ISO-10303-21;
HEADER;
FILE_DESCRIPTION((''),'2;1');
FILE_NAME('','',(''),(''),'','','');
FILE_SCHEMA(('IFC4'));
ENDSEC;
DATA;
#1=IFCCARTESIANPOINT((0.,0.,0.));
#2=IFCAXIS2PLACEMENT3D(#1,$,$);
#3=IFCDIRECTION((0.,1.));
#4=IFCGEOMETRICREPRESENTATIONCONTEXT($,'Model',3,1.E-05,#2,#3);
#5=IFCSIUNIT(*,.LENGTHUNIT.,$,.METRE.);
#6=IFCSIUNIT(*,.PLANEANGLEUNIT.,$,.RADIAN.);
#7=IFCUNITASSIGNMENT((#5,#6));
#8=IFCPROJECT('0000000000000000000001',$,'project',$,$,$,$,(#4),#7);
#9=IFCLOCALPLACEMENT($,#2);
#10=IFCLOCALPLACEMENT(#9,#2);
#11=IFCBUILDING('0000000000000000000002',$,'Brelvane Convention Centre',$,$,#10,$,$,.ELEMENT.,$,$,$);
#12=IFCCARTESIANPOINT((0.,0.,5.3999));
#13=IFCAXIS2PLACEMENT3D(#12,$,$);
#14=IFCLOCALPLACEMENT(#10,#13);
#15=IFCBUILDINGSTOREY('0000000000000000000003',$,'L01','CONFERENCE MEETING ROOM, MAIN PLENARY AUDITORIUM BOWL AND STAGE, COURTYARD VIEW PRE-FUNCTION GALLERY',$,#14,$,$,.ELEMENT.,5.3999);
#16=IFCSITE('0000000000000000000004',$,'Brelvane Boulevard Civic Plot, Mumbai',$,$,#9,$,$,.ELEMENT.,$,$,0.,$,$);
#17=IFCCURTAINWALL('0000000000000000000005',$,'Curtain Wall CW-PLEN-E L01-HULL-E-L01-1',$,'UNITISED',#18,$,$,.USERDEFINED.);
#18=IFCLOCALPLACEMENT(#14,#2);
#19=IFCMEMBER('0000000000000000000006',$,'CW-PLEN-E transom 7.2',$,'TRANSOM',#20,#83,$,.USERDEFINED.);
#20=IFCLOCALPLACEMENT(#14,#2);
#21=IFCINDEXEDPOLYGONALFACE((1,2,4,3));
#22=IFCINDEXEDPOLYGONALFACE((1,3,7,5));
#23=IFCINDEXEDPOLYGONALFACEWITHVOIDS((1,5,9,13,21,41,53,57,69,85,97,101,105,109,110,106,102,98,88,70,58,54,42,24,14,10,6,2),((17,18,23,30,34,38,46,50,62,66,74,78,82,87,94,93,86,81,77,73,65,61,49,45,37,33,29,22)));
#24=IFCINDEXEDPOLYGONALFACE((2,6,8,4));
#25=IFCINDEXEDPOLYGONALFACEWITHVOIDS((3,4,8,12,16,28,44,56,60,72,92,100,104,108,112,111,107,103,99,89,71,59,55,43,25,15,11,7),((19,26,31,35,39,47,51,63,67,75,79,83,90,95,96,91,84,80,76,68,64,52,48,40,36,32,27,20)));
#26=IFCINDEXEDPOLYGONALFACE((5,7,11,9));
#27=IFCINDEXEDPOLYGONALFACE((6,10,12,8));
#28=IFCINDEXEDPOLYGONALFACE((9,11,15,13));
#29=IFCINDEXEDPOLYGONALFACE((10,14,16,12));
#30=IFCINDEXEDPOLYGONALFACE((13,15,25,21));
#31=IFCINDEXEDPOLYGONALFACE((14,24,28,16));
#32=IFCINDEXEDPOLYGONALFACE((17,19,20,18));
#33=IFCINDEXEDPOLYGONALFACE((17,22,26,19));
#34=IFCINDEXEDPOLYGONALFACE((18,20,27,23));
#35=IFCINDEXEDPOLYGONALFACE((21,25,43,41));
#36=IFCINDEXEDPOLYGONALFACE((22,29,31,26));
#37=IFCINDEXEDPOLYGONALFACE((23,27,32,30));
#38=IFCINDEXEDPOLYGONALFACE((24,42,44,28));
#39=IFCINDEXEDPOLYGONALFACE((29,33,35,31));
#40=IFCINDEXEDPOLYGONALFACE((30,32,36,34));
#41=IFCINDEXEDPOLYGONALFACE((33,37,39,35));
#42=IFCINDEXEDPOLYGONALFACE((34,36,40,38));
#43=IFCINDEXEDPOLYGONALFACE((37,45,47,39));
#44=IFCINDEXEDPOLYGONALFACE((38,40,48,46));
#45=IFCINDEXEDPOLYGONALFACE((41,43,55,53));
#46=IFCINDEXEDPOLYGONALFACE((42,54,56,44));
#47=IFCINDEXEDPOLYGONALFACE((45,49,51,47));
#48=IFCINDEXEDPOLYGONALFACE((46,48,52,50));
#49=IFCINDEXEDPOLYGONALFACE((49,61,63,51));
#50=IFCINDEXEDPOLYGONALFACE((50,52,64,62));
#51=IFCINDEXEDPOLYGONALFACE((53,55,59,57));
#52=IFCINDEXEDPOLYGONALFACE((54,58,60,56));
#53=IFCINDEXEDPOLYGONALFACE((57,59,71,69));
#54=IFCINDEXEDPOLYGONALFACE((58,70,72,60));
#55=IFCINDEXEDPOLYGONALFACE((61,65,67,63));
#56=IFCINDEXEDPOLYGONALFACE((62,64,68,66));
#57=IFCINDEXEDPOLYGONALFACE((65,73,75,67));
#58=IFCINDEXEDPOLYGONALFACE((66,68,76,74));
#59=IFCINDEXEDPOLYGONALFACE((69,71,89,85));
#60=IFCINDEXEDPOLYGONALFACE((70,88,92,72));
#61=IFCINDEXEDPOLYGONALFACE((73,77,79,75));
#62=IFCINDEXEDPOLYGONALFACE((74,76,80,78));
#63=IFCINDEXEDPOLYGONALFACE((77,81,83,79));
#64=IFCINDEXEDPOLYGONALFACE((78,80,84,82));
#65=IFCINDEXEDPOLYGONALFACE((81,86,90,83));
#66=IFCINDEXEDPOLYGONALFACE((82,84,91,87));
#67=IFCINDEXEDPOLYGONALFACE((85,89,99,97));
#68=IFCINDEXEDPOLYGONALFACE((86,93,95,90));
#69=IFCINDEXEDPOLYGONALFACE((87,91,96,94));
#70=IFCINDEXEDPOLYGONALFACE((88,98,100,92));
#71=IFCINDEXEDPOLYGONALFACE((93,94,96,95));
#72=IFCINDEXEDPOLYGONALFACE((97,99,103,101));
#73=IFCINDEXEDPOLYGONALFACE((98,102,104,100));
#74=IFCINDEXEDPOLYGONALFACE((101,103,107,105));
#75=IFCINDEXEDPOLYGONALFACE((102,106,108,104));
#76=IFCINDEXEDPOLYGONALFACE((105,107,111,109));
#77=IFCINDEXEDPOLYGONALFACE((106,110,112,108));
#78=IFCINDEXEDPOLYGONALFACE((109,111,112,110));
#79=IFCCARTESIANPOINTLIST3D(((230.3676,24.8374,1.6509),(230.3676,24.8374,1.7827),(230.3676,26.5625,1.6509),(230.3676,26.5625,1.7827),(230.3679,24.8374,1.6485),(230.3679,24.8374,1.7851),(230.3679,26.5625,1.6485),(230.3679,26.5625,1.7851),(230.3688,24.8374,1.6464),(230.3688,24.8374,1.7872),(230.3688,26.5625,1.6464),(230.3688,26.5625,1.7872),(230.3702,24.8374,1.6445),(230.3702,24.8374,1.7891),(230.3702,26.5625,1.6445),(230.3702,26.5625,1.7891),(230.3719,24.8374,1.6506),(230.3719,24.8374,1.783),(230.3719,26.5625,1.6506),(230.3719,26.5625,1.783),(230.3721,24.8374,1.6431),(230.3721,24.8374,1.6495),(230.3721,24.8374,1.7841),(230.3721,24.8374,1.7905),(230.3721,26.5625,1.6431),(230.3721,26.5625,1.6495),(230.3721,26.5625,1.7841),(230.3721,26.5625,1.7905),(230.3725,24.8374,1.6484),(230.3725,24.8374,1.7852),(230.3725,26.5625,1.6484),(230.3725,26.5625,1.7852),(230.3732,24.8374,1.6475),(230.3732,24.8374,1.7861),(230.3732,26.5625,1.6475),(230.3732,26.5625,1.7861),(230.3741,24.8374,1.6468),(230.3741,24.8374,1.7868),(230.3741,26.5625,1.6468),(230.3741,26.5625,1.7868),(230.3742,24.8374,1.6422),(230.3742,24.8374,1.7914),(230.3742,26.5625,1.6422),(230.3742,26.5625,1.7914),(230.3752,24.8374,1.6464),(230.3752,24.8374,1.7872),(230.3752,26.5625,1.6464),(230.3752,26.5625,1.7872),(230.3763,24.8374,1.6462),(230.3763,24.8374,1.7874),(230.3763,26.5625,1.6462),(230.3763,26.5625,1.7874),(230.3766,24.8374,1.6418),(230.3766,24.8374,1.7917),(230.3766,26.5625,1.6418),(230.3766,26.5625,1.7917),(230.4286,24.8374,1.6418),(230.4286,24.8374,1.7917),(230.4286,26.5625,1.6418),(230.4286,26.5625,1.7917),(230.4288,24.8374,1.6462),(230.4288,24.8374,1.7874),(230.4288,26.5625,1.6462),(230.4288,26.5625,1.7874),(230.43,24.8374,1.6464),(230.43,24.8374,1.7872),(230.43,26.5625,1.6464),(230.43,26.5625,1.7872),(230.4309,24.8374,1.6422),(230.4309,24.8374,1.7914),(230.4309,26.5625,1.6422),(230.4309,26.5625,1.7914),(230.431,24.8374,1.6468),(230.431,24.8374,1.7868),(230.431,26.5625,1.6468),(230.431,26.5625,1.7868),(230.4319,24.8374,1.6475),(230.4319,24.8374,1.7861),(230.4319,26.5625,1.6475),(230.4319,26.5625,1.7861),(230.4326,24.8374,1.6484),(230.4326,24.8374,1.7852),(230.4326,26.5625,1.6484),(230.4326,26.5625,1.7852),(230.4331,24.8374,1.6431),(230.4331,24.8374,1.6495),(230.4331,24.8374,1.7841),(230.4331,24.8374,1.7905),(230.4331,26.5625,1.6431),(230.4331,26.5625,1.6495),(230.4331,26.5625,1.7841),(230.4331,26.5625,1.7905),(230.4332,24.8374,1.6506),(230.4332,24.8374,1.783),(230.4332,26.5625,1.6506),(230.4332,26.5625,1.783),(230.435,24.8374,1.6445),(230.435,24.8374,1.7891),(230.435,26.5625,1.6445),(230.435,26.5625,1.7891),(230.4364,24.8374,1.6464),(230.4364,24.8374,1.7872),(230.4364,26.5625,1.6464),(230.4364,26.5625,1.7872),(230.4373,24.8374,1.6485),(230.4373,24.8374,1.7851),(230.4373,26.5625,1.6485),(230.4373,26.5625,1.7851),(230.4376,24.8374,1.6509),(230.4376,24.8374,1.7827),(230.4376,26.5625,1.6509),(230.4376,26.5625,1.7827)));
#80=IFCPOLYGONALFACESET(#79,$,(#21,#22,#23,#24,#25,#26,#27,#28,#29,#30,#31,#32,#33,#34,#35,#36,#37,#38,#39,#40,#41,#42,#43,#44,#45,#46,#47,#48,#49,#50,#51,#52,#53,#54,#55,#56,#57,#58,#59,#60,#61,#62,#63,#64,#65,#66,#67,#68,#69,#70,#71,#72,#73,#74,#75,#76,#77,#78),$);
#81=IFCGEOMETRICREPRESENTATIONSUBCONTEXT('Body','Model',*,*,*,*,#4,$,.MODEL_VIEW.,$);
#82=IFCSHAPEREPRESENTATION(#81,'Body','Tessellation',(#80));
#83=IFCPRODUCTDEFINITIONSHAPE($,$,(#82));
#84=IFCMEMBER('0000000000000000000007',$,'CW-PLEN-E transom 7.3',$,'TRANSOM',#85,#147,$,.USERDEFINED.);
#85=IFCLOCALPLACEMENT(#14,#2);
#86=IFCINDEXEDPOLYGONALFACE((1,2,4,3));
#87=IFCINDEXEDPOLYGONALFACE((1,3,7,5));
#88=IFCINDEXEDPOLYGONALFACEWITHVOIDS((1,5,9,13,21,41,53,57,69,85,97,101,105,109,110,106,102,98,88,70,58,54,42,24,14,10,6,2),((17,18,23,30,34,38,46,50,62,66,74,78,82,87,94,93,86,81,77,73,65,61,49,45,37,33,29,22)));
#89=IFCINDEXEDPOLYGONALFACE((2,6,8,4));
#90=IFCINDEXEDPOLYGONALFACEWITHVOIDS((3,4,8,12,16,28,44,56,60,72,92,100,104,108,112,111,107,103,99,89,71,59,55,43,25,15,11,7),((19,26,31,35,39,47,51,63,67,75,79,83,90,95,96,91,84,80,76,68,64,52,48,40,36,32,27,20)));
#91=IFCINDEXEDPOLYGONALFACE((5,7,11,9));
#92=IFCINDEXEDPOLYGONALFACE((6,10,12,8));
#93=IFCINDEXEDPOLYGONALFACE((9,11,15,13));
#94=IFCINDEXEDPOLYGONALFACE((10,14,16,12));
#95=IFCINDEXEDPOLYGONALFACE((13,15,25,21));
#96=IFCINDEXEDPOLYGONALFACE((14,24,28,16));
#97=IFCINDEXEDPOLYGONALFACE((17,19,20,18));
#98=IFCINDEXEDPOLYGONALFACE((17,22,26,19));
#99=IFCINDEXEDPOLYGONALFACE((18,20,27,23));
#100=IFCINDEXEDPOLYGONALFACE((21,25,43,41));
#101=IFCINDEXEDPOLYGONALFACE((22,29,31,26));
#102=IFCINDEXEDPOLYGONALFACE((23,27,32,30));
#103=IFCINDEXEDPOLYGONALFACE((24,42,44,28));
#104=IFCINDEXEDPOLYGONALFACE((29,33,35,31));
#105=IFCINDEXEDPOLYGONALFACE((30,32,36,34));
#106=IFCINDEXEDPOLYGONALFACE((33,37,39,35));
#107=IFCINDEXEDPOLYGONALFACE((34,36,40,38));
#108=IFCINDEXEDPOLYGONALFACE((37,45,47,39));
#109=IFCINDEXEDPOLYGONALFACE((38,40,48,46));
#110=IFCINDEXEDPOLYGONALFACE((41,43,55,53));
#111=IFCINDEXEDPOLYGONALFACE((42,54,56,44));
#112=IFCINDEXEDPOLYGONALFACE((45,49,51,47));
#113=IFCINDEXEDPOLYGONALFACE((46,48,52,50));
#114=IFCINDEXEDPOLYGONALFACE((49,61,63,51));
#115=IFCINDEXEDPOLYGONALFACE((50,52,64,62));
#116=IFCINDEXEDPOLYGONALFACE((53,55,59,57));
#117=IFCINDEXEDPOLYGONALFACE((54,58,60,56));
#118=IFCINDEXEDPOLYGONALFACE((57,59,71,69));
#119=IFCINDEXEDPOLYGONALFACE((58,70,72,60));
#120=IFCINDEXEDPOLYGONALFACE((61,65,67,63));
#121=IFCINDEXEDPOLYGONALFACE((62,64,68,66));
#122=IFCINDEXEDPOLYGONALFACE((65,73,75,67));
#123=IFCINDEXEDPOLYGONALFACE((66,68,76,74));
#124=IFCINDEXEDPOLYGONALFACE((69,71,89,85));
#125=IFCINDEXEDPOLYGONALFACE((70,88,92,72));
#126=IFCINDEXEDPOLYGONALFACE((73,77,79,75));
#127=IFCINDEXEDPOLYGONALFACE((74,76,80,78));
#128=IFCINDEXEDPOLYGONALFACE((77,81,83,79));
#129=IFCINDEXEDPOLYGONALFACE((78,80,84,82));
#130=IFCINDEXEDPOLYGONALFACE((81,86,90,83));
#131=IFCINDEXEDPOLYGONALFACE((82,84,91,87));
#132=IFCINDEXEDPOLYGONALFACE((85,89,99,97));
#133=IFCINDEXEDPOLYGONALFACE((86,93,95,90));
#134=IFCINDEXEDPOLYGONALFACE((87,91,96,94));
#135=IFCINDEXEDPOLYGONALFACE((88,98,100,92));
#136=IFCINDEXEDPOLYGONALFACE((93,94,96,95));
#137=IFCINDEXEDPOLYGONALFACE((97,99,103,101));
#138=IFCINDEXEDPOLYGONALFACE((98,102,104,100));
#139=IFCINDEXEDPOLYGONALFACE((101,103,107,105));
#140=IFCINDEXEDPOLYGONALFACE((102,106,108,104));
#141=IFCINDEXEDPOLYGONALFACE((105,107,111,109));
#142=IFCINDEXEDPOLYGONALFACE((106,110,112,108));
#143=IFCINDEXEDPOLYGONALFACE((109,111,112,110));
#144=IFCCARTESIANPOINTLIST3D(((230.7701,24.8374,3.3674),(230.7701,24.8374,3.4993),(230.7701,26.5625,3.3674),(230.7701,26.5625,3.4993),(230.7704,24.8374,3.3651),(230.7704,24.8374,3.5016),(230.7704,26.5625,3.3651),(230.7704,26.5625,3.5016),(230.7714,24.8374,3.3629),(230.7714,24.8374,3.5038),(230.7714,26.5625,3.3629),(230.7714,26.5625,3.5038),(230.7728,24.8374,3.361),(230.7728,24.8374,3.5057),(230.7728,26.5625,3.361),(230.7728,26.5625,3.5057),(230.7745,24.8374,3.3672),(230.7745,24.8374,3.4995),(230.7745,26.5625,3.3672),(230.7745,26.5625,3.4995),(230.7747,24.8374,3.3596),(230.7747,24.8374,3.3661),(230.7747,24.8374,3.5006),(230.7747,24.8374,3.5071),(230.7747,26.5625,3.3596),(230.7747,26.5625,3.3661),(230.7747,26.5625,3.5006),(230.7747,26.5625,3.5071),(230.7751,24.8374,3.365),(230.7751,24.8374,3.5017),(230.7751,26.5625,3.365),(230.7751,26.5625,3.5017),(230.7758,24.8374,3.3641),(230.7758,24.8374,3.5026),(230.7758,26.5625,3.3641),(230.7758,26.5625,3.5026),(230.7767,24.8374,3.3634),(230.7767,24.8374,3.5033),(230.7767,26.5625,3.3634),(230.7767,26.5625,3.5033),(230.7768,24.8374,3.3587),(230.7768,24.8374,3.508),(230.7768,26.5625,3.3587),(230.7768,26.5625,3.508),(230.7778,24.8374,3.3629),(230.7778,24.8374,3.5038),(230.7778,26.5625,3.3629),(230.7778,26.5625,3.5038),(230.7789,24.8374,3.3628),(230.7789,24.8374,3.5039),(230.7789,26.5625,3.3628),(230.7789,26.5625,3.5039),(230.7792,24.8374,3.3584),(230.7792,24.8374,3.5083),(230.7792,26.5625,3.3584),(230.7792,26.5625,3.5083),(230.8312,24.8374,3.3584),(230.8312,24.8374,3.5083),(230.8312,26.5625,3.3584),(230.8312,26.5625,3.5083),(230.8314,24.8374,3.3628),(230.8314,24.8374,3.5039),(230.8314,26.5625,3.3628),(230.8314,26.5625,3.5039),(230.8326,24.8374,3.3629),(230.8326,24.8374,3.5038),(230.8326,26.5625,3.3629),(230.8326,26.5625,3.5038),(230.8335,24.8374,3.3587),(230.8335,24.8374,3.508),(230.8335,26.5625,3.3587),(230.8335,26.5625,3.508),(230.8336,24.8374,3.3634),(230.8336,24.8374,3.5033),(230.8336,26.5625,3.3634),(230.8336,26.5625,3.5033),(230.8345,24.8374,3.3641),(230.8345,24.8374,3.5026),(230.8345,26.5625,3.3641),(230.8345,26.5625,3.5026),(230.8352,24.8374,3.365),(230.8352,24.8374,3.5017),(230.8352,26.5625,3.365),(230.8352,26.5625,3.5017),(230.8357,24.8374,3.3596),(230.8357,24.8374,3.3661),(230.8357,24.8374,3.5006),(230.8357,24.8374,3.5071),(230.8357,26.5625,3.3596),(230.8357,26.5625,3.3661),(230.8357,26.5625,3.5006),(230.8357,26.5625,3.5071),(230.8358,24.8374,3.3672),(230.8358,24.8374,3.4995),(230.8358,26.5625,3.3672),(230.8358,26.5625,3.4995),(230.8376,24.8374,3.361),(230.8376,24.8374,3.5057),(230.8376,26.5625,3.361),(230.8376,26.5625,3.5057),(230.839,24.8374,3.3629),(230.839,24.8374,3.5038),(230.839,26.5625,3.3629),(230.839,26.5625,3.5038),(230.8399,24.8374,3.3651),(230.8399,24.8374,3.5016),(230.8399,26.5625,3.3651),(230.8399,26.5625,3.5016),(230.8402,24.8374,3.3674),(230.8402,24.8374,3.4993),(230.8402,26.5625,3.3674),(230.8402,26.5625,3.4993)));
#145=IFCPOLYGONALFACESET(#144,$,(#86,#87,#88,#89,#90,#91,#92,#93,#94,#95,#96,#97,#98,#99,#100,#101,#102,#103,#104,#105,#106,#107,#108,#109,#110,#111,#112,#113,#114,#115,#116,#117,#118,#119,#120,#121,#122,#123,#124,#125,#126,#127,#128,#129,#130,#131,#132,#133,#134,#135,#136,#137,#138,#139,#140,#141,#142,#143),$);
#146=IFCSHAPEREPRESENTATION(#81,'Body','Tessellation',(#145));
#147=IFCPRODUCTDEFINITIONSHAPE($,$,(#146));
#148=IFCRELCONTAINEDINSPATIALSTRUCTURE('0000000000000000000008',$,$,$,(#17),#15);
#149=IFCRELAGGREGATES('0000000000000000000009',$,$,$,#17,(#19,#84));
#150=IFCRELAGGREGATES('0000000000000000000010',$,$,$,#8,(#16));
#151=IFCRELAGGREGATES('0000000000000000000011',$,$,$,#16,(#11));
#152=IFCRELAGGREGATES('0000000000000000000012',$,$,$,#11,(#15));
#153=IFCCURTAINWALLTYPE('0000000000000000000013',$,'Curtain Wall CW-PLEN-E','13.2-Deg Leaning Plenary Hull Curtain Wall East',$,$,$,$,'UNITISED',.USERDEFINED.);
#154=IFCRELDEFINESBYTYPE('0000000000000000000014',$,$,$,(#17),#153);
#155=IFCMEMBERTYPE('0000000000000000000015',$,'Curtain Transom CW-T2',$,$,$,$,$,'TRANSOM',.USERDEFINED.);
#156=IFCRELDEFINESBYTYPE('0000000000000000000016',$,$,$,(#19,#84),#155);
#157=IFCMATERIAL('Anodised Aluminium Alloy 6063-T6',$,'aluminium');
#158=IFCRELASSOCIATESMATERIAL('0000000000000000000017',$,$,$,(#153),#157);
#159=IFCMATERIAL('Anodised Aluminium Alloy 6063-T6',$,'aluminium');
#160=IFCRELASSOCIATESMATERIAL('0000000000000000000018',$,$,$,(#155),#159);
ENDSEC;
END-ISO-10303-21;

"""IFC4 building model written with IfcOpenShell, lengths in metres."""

from ifc_helpers import new_model, si_unit, direction, frame, origin, origin_2d, place, context, subcontext, project, spatial, hollow_rectangle, extrude, material, material_profile, profile_set, type_object, element, aggregate, save


model = new_model("IFC4")

# Units and contexts
model_context = context("Model", 3, precision=1e-05, world=origin(), true_north=direction((0.0, 1.0)))
body_context = subcontext(model_context, "Body", "Model", "MODEL_VIEW")
ifc_project = project(units=[si_unit("LENGTHUNIT", "METRE"), si_unit("PLANEANGLEUNIT", "RADIAN")], contexts=[model_context])

# Site, building, storey
site_placement = place(None, origin())
site = spatial("IfcSite", under=ifc_project, at=site_placement, Name="Brelvane Boulevard Civic Plot, Mumbai", CompositionType="ELEMENT", RefElevation=0.0)
building_placement = place(site_placement, origin())
building = spatial("IfcBuilding", under=site, at=building_placement, Name="Brelvane Convention Centre", CompositionType="ELEMENT")
storey_placement = place(building_placement, frame((0.0, 0.0, 5.3999)))
storey = spatial("IfcBuildingStorey", under=building, at=storey_placement, Name="L01", Description="CONFERENCE MEETING ROOM, MAIN PLENARY AUDITORIUM BOWL AND STAGE, COURTYARD VIEW PRE-FUNCTION GALLERY", CompositionType="ELEMENT", Elevation=5.3999)

# Curtain wall, members
ifc_material_1 = material(Name="Anodised Aluminium Alloy 6063-T6", Category="aluminium")
curtain_wall_type = type_object("IfcCurtainWallType", Name="Curtain Wall CW-PLEN-E", Description="13.2-Deg Leaning Plenary Hull Curtain Wall East", ElementType="UNITISED", PredefinedType="USERDEFINED", material=ifc_material_1)
curtain_wall_placement = place(storey_placement, origin())
curtain_wall = element("IfcCurtainWall", 1, at=curtain_wall_placement, inside=storey, type_object=curtain_wall_type, Name="Curtain Wall CW-PLEN-E L01-HULL-E-L01-1", ObjectType="UNITISED", PredefinedType="USERDEFINED")
ifc_material_2 = material(Name="Anodised Aluminium Alloy 6063-T6", Category="aluminium")
ifc_material_profile_1 = material_profile(ifc_material_2, hollow_rectangle(XDim=0.0701, YDim=0.1499, WallThickness=0.0044, InnerFilletRadius=0.0044, OuterFilletRadius=0.009, at=origin_2d()), Name="ALU-T 150x70x4.5")
ifc_profile_set_1 = profile_set([ifc_material_profile_1], Name="Anodised Aluminium Alloy 6063-T6")
member_type_1 = type_object("IfcMemberType", Name="Curtain Transom CW-T2", ElementType="TRANSOM", PredefinedType="USERDEFINED", material=ifc_profile_set_1)
member_1_placement = place(storey_placement, frame((230.4026, 24.8374, 1.7168), z_axis=(0.0, 1.0, 0.0), x_axis=(-1.0, 0.0, 0.0)))
member_1 = element("IfcMember", 2, at=member_1_placement, type_object=member_type_1, Name="CW-PLEN-E transom 7.2", ObjectType="TRANSOM", PredefinedType="USERDEFINED", context=body_context, shape_type="SweptSolid", body=[
    extrude(hollow_rectangle(XDim=0.0701, YDim=0.1499, WallThickness=0.0044, InnerFilletRadius=0.0044, OuterFilletRadius=0.009, at=origin_2d()), origin(), (0.0, 0.0, 1.0), 1.7251),
])
member_2_placement = place(storey_placement, frame((230.8052, 24.8374, 3.4333), z_axis=(0.0, 1.0, 0.0), x_axis=(-1.0, 0.0, 0.0)))
member_2 = element("IfcMember", 3, at=member_2_placement, type_object=member_type_1, Name="CW-PLEN-E transom 7.3", ObjectType="TRANSOM", PredefinedType="USERDEFINED", context=body_context, shape_type="SweptSolid", body=[
    extrude(hollow_rectangle(XDim=0.0701, YDim=0.1499, WallThickness=0.0044, InnerFilletRadius=0.0044, OuterFilletRadius=0.009, at=origin_2d()), origin(), (0.0, 0.0, 1.0), 1.7251),
])
aggregate(curtain_wall, [member_1, member_2])

save(model, "model.ifc")
